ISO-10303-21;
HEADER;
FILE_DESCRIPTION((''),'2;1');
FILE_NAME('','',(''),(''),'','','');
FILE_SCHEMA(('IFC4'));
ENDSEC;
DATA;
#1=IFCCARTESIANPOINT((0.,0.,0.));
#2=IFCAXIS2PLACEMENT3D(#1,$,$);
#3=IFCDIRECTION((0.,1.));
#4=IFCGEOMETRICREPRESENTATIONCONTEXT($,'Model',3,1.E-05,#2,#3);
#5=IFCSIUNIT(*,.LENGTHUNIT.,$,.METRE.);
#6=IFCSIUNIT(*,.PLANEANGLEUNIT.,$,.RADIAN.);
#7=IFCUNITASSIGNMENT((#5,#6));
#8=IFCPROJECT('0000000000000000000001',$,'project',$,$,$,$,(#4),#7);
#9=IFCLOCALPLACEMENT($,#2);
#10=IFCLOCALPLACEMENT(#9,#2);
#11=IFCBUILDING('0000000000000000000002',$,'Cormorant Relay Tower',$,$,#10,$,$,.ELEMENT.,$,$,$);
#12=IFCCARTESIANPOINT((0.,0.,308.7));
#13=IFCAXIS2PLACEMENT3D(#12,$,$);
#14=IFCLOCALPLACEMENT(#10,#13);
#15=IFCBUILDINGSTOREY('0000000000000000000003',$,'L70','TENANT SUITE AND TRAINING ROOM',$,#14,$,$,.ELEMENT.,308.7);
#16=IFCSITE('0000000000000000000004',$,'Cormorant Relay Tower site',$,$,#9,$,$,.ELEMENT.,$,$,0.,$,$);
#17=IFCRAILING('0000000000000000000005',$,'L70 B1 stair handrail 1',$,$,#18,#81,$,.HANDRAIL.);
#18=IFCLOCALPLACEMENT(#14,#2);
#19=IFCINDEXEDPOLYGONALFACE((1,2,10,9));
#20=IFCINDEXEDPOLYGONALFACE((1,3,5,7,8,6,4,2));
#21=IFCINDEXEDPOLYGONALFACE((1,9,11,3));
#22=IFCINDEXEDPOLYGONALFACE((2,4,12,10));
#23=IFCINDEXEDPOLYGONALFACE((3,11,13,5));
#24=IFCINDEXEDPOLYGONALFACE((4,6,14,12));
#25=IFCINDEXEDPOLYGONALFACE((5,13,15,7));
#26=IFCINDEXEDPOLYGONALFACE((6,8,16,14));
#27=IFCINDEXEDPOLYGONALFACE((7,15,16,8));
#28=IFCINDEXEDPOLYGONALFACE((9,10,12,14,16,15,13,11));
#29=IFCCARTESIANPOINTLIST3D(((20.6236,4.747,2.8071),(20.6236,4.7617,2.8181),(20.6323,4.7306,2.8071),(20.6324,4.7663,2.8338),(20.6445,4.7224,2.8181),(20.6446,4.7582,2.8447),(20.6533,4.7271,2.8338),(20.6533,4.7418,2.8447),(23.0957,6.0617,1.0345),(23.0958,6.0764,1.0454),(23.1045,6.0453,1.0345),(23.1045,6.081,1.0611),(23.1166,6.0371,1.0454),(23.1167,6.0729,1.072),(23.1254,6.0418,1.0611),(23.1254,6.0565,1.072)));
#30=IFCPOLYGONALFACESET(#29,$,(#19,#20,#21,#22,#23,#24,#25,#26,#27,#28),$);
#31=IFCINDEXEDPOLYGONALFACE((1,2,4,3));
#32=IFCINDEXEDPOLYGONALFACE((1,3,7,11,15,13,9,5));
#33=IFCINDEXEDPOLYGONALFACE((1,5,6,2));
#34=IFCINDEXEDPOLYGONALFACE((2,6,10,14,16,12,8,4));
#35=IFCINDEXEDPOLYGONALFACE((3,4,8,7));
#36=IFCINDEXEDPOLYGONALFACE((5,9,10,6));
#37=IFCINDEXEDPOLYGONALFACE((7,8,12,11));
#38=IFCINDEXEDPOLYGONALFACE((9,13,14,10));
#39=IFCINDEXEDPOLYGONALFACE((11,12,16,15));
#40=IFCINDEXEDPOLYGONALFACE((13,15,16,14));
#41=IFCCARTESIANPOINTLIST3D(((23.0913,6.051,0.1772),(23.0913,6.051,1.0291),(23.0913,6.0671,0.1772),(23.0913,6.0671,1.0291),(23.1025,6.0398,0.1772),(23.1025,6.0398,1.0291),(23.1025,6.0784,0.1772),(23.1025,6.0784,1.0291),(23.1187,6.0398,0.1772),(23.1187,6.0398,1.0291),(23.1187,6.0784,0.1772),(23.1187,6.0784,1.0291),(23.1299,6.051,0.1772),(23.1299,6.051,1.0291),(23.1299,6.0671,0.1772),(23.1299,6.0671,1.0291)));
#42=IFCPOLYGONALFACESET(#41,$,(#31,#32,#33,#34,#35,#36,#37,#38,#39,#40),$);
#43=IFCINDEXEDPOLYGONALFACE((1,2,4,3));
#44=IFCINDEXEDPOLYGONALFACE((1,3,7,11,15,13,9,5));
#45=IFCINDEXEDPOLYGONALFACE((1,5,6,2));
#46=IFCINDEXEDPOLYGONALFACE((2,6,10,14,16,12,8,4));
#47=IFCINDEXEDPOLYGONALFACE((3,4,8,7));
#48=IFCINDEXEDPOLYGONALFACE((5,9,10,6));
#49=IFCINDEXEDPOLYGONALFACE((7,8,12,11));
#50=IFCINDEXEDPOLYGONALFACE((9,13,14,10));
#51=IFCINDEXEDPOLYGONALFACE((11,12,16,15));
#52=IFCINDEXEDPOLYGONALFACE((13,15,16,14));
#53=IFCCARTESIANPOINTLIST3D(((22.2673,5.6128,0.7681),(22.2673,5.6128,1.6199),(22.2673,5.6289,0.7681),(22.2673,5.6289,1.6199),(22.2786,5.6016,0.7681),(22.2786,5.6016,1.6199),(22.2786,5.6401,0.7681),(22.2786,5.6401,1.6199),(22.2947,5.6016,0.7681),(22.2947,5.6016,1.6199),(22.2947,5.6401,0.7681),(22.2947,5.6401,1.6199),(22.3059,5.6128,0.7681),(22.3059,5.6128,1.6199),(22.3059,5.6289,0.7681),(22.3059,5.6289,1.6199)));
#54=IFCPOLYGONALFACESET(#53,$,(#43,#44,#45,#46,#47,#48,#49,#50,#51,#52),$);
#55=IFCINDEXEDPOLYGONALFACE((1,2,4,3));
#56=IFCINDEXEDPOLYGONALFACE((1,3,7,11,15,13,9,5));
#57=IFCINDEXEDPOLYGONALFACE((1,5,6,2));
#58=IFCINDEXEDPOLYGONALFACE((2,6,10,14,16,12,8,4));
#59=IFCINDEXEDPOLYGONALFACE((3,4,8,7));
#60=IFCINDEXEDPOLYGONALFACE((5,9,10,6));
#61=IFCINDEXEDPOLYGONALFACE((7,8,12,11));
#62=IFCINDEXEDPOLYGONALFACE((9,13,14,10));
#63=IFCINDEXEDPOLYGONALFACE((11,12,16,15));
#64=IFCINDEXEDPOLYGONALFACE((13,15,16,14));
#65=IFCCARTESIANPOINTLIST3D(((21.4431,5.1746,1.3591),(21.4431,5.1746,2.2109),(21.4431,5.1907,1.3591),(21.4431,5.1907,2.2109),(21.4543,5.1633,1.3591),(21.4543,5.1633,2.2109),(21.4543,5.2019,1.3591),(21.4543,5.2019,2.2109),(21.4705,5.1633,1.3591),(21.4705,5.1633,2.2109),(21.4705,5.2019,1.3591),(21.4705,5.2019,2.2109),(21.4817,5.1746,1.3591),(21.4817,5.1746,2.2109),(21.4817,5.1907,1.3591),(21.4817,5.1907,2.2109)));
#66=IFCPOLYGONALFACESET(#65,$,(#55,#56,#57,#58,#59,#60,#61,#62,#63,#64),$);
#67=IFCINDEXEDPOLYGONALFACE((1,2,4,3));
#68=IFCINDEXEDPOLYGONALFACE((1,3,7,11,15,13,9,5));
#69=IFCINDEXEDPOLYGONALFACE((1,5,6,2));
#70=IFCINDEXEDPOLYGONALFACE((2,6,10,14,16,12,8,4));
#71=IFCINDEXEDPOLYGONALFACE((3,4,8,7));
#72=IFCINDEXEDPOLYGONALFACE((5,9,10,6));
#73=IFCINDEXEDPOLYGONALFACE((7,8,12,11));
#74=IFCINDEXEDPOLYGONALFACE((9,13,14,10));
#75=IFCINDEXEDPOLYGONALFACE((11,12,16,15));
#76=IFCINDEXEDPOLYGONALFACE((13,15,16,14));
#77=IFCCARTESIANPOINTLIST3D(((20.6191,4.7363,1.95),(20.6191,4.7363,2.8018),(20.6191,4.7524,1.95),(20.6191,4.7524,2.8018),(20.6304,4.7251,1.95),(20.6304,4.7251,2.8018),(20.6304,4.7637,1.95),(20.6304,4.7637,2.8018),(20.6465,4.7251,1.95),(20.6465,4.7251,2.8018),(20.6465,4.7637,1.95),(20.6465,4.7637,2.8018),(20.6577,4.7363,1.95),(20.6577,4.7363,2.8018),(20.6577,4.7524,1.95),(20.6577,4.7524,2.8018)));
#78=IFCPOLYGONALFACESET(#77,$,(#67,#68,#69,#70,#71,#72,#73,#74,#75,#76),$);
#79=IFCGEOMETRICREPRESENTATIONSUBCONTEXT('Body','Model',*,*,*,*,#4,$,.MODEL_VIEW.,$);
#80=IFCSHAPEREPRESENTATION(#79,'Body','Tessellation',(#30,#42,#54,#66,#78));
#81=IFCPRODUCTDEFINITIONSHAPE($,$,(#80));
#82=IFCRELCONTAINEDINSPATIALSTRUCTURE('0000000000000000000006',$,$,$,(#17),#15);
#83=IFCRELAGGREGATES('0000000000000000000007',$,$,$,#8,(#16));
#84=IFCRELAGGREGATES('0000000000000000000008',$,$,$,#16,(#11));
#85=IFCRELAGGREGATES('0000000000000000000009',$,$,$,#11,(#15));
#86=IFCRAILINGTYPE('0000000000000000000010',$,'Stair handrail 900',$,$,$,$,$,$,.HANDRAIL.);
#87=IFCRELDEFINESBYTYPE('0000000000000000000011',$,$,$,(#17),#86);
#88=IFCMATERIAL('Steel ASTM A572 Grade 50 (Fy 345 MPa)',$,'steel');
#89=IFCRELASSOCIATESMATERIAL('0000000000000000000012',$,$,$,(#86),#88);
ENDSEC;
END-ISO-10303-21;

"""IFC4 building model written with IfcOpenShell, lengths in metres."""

from ifc_helpers import new_model, si_unit, direction, frame, origin, place, context, subcontext, project, spatial, polyline, outline, extrude, material, type_object, element, save


model = new_model("IFC4")

# Units and contexts
model_context = context("Model", 3, precision=1e-05, world=origin(), true_north=direction((0.0, 1.0)))
body_context = subcontext(model_context, "Body", "Model", "MODEL_VIEW")
ifc_project = project(units=[si_unit("LENGTHUNIT", "METRE"), si_unit("PLANEANGLEUNIT", "RADIAN")], contexts=[model_context])

# Site, building, storey
site_placement = place(None, origin())
site = spatial("IfcSite", under=ifc_project, at=site_placement, Name="Cormorant Relay Tower site", CompositionType="ELEMENT", RefElevation=0.0)
building_placement = place(site_placement, origin())
building = spatial("IfcBuilding", under=site, at=building_placement, Name="Cormorant Relay Tower", CompositionType="ELEMENT")
storey_placement = place(building_placement, frame((0.0, 0.0, 308.7)))
storey = spatial("IfcBuildingStorey", under=building, at=storey_placement, Name="L70", Description="TENANT SUITE AND TRAINING ROOM", CompositionType="ELEMENT", Elevation=308.7)

# Railing
ifc_material_1 = material(Name="Steel ASTM A572 Grade 50 (Fy 345 MPa)", Category="steel")
railing_type = type_object("IfcRailingType", Name="Stair handrail 900", PredefinedType="HANDRAIL", material=ifc_material_1)
railing_placement = place(storey_placement, frame((23.1106, 6.0591, 0.1772)))
element("IfcRailing", 1, at=railing_placement, inside=storey, type_object=railing_type, Name="L70 B1 stair handrail 1", PredefinedType="HANDRAIL", context=body_context, shape_type="SweptSolid", body=[
    extrude(outline(polyline([(0.0222, 0.0093), (0.0093, 0.0222), (-0.0093, 0.0222), (-0.0222, 0.0093), (-0.0222, -0.0093), (-0.0093, -0.0222), (0.0093, -0.0222), (0.0222, -0.0093), (0.0222, 0.0093)])), frame((0.0, 0.0, 0.876), z_axis=(-0.745979, -0.396711, 0.534916), x_axis=(0.469533, -0.882915, 0.0)), (0.0, 0.0, 1.0), 3.314),
    extrude(outline(polyline([(0.0193, 0.0081), (0.0081, 0.0193), (-0.0081, 0.0193), (-0.0193, 0.0081), (-0.0193, -0.0081), (-0.0081, -0.0193), (0.0081, -0.0193), (0.0193, -0.0081), (0.0193, 0.0081)])), origin(), (0.0, 0.0, 1.0), 0.8518),
    extrude(outline(polyline([(0.0193, 0.0081), (0.0081, 0.0193), (-0.0081, 0.0193), (-0.0193, 0.0081), (-0.0193, -0.0081), (-0.0081, -0.0193), (0.0081, -0.0193), (0.0193, -0.0081), (0.0193, 0.0081)])), frame((-0.824, -0.4382, 0.5908)), (0.0, 0.0, 1.0), 0.8518),
    extrude(outline(polyline([(0.0193, 0.0081), (0.0081, 0.0193), (-0.0081, 0.0193), (-0.0193, 0.0081), (-0.0193, -0.0081), (-0.0081, -0.0193), (0.0081, -0.0193), (0.0193, -0.0081), (0.0193, 0.0081)])), frame((-1.6482, -0.8765, 1.1819)), (0.0, 0.0, 1.0), 0.8518),
    extrude(outline(polyline([(0.0193, 0.0081), (0.0081, 0.0193), (-0.0081, 0.0193), (-0.0193, 0.0081), (-0.0193, -0.0081), (-0.0081, -0.0193), (0.0081, -0.0193), (0.0193, -0.0081), (0.0193, 0.0081)])), frame((-2.4722, -1.3147, 1.7727)), (0.0, 0.0, 1.0), 0.8518),
])

save(model, "model.ifc")
